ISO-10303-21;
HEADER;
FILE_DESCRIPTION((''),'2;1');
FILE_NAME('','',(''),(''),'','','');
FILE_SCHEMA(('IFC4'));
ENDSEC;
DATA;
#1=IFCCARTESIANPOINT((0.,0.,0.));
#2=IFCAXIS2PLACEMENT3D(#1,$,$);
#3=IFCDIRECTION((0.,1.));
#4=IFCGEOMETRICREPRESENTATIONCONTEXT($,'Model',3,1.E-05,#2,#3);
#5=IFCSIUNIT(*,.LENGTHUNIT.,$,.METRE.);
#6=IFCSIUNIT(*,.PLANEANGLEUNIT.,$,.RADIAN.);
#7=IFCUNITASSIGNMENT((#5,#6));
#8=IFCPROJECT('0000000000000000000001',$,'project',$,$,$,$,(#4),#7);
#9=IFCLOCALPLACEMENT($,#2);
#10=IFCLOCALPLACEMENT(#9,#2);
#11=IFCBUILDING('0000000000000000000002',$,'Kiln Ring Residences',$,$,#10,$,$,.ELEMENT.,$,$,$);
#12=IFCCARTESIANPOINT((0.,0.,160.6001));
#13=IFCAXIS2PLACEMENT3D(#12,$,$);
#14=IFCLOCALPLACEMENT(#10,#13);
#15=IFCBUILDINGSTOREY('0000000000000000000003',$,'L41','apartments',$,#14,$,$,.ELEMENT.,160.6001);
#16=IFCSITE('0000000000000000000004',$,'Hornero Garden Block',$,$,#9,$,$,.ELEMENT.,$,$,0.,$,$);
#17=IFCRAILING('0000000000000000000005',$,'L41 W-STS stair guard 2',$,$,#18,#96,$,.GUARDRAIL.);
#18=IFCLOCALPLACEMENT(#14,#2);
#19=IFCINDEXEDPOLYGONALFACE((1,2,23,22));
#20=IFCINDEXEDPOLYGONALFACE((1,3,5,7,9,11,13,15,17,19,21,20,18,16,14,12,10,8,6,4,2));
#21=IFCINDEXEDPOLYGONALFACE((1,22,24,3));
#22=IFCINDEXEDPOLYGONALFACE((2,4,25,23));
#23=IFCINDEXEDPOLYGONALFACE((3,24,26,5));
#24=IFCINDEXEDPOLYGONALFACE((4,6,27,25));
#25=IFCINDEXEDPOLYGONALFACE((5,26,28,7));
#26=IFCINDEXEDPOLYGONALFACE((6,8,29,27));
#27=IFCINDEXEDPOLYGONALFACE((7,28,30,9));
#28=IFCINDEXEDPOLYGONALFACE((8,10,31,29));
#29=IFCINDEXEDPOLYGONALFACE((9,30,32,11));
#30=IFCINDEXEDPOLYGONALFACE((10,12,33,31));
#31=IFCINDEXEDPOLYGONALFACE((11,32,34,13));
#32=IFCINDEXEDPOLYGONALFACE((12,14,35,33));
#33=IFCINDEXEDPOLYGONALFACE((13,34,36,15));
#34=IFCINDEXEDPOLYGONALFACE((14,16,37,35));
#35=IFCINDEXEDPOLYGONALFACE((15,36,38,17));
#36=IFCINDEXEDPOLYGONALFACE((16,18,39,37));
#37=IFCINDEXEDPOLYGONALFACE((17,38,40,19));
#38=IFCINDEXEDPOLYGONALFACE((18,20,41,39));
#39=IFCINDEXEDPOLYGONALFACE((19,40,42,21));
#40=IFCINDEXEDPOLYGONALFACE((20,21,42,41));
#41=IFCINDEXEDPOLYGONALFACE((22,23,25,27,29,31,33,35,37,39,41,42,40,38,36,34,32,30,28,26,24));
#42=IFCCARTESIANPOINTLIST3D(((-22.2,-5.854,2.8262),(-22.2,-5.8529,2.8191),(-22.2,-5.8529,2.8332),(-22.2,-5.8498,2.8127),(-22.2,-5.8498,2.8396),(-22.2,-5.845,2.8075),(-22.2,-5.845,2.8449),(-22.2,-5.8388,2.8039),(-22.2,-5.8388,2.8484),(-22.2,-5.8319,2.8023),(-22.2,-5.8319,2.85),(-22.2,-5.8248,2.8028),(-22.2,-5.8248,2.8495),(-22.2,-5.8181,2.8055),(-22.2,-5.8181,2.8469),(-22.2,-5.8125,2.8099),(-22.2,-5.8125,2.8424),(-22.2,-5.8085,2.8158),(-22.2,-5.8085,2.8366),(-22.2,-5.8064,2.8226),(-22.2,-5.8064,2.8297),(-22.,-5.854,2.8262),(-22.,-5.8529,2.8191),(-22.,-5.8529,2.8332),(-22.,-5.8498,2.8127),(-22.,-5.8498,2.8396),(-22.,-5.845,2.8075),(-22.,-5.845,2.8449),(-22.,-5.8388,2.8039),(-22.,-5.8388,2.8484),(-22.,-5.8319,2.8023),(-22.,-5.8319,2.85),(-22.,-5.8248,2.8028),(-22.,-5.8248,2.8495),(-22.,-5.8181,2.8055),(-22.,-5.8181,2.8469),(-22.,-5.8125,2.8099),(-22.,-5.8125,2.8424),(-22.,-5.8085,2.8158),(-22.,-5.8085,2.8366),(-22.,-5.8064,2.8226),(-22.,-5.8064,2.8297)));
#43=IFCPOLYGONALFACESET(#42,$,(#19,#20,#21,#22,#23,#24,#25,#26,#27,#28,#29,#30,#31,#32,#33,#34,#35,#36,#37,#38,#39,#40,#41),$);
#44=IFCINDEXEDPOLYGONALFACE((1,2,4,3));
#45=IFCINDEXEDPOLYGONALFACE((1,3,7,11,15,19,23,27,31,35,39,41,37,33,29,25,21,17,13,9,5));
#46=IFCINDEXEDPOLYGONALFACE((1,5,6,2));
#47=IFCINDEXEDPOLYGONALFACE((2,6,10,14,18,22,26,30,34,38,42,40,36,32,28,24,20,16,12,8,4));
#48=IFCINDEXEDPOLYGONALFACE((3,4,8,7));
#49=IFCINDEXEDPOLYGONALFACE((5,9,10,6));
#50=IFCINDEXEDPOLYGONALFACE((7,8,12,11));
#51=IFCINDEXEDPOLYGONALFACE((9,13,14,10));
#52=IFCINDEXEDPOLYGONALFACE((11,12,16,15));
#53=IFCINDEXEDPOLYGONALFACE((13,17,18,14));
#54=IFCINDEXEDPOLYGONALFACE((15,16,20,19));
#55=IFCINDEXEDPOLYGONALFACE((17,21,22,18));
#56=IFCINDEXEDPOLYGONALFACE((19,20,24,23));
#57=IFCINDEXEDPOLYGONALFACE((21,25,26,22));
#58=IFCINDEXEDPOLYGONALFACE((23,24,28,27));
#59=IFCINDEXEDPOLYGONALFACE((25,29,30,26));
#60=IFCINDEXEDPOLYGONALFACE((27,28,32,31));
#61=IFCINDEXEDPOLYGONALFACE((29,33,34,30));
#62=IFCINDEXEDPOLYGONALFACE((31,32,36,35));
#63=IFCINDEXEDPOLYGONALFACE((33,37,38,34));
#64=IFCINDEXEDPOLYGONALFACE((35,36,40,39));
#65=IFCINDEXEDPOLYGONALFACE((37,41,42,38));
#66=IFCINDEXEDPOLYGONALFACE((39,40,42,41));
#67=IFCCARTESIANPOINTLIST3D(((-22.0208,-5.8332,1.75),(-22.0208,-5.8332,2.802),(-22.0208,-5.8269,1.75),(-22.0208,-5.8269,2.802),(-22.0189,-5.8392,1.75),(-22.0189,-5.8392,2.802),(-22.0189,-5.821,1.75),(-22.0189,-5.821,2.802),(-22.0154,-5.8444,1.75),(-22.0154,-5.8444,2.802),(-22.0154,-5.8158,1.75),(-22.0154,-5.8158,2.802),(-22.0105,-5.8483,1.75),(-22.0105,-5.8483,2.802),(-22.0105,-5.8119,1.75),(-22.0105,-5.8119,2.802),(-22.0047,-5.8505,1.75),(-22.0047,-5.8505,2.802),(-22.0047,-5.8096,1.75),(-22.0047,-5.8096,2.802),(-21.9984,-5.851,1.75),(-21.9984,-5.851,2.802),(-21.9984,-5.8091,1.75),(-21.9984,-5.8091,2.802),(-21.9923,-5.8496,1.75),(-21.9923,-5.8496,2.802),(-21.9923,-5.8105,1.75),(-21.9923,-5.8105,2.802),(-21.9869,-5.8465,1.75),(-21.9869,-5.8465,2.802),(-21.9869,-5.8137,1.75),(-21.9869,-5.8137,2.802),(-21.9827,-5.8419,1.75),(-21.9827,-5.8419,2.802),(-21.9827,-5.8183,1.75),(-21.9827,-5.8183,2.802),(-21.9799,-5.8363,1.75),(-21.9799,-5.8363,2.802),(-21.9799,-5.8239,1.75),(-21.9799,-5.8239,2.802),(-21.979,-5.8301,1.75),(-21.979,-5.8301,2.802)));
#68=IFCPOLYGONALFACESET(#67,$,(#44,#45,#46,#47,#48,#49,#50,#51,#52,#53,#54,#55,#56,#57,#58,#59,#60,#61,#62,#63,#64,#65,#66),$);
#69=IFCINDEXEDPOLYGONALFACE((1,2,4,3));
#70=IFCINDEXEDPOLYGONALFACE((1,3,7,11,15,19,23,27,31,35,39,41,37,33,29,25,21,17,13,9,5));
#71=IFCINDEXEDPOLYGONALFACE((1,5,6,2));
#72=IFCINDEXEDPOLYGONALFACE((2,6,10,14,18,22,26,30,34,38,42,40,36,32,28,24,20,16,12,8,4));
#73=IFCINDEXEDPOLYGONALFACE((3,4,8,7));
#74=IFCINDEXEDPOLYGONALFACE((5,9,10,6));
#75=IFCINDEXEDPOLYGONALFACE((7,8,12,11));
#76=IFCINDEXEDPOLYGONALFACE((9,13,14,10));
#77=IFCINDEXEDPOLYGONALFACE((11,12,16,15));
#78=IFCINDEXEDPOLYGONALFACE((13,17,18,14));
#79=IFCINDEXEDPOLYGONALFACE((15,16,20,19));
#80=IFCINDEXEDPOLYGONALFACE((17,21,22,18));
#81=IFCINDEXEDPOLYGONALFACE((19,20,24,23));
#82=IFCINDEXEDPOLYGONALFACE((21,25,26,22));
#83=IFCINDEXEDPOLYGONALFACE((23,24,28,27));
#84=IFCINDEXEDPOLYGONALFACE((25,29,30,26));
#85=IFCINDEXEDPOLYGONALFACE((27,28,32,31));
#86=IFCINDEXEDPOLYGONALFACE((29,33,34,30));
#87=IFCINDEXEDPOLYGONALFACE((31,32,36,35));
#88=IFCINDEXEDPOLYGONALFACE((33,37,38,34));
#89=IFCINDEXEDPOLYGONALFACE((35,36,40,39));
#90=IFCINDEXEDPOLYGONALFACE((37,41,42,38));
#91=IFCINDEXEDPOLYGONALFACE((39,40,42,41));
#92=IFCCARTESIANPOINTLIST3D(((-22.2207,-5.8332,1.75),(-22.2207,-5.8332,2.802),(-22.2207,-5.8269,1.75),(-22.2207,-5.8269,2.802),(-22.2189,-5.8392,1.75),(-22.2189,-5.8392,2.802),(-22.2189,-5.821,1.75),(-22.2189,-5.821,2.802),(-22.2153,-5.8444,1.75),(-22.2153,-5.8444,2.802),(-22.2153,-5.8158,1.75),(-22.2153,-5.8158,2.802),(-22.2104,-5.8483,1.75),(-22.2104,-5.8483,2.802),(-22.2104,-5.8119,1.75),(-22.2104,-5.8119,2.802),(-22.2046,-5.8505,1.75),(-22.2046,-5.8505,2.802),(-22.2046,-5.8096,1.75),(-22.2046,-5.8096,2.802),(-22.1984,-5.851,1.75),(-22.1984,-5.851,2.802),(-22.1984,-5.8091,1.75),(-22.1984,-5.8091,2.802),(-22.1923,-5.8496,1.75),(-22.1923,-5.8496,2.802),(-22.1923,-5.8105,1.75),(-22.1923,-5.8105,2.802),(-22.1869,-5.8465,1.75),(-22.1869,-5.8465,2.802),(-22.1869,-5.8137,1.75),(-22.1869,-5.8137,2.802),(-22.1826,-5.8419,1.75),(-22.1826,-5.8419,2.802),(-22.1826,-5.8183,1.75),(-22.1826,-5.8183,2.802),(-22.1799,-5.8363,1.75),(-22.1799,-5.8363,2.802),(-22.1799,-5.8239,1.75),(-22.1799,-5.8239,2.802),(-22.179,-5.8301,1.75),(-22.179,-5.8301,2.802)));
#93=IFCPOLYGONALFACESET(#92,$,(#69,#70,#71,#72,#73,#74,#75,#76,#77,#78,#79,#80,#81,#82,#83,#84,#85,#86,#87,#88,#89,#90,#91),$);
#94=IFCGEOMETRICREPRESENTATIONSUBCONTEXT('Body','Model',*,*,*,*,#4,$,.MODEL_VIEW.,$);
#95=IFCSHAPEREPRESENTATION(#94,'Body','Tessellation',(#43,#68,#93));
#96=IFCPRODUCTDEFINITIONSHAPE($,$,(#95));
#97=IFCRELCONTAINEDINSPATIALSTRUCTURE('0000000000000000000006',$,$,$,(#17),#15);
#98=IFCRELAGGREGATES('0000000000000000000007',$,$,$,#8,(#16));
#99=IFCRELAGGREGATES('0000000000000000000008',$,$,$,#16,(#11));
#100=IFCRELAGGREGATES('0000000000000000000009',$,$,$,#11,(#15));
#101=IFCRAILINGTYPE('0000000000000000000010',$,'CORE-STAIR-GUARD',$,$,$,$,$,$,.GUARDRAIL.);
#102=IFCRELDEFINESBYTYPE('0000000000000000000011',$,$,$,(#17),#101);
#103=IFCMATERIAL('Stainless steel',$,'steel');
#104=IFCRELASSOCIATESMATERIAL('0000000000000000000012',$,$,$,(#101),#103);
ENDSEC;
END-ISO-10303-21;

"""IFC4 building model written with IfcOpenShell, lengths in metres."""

from ifc_helpers import new_model, si_unit, direction, frame, origin, origin_2d, place, context, subcontext, project, spatial, circle, extrude, material, type_object, element, save


model = new_model("IFC4")

# Units and contexts
model_context = context("Model", 3, precision=1e-05, world=origin(), true_north=direction((0.0, 1.0)))
body_context = subcontext(model_context, "Body", "Model", "MODEL_VIEW")
ifc_project = project(units=[si_unit("LENGTHUNIT", "METRE"), si_unit("PLANEANGLEUNIT", "RADIAN")], contexts=[model_context])

# Site, building, storey
site_placement = place(None, origin())
site = spatial("IfcSite", under=ifc_project, at=site_placement, Name="Hornero Garden Block", CompositionType="ELEMENT", RefElevation=0.0)
building_placement = place(site_placement, origin())
building = spatial("IfcBuilding", under=site, at=building_placement, Name="Kiln Ring Residences", CompositionType="ELEMENT")
storey_placement = place(building_placement, frame((0.0, 0.0, 160.6001)))
storey = spatial("IfcBuildingStorey", under=building, at=storey_placement, Name="L41", Description="apartments", CompositionType="ELEMENT", Elevation=160.6001)

# Railing
ifc_material_1 = material(Name="Stainless steel", Category="steel")
railing_type_1 = type_object("IfcRailingType", Name="CORE-STAIR-GUARD", PredefinedType="GUARDRAIL", material=ifc_material_1)
railing_1_placement = place(storey_placement, frame((-22.0, -5.8301, 1.75)))
element("IfcRailing", 1, at=railing_1_placement, inside=storey, type_object=railing_type_1, Name="L41 W-STS stair guard 2", PredefinedType="GUARDRAIL", context=body_context, shape_type="SweptSolid", body=[
    extrude(circle(Radius=0.0239, at=origin_2d()), frame((0.0, 0.0, 1.0762), z_axis=(-1.0, 0.0, 0.0), x_axis=(0.0, -1.0, 0.0)), (0.0, 0.0, 1.0), 0.2),
    extrude(circle(Radius=0.021, at=origin_2d()), origin(), (0.0, 0.0, 1.0), 1.052),
    extrude(circle(Radius=0.021, at=origin_2d()), frame((-0.2, 0.0, 0.0)), (0.0, 0.0, 1.0), 1.052),
])

save(model, "model.ifc")
